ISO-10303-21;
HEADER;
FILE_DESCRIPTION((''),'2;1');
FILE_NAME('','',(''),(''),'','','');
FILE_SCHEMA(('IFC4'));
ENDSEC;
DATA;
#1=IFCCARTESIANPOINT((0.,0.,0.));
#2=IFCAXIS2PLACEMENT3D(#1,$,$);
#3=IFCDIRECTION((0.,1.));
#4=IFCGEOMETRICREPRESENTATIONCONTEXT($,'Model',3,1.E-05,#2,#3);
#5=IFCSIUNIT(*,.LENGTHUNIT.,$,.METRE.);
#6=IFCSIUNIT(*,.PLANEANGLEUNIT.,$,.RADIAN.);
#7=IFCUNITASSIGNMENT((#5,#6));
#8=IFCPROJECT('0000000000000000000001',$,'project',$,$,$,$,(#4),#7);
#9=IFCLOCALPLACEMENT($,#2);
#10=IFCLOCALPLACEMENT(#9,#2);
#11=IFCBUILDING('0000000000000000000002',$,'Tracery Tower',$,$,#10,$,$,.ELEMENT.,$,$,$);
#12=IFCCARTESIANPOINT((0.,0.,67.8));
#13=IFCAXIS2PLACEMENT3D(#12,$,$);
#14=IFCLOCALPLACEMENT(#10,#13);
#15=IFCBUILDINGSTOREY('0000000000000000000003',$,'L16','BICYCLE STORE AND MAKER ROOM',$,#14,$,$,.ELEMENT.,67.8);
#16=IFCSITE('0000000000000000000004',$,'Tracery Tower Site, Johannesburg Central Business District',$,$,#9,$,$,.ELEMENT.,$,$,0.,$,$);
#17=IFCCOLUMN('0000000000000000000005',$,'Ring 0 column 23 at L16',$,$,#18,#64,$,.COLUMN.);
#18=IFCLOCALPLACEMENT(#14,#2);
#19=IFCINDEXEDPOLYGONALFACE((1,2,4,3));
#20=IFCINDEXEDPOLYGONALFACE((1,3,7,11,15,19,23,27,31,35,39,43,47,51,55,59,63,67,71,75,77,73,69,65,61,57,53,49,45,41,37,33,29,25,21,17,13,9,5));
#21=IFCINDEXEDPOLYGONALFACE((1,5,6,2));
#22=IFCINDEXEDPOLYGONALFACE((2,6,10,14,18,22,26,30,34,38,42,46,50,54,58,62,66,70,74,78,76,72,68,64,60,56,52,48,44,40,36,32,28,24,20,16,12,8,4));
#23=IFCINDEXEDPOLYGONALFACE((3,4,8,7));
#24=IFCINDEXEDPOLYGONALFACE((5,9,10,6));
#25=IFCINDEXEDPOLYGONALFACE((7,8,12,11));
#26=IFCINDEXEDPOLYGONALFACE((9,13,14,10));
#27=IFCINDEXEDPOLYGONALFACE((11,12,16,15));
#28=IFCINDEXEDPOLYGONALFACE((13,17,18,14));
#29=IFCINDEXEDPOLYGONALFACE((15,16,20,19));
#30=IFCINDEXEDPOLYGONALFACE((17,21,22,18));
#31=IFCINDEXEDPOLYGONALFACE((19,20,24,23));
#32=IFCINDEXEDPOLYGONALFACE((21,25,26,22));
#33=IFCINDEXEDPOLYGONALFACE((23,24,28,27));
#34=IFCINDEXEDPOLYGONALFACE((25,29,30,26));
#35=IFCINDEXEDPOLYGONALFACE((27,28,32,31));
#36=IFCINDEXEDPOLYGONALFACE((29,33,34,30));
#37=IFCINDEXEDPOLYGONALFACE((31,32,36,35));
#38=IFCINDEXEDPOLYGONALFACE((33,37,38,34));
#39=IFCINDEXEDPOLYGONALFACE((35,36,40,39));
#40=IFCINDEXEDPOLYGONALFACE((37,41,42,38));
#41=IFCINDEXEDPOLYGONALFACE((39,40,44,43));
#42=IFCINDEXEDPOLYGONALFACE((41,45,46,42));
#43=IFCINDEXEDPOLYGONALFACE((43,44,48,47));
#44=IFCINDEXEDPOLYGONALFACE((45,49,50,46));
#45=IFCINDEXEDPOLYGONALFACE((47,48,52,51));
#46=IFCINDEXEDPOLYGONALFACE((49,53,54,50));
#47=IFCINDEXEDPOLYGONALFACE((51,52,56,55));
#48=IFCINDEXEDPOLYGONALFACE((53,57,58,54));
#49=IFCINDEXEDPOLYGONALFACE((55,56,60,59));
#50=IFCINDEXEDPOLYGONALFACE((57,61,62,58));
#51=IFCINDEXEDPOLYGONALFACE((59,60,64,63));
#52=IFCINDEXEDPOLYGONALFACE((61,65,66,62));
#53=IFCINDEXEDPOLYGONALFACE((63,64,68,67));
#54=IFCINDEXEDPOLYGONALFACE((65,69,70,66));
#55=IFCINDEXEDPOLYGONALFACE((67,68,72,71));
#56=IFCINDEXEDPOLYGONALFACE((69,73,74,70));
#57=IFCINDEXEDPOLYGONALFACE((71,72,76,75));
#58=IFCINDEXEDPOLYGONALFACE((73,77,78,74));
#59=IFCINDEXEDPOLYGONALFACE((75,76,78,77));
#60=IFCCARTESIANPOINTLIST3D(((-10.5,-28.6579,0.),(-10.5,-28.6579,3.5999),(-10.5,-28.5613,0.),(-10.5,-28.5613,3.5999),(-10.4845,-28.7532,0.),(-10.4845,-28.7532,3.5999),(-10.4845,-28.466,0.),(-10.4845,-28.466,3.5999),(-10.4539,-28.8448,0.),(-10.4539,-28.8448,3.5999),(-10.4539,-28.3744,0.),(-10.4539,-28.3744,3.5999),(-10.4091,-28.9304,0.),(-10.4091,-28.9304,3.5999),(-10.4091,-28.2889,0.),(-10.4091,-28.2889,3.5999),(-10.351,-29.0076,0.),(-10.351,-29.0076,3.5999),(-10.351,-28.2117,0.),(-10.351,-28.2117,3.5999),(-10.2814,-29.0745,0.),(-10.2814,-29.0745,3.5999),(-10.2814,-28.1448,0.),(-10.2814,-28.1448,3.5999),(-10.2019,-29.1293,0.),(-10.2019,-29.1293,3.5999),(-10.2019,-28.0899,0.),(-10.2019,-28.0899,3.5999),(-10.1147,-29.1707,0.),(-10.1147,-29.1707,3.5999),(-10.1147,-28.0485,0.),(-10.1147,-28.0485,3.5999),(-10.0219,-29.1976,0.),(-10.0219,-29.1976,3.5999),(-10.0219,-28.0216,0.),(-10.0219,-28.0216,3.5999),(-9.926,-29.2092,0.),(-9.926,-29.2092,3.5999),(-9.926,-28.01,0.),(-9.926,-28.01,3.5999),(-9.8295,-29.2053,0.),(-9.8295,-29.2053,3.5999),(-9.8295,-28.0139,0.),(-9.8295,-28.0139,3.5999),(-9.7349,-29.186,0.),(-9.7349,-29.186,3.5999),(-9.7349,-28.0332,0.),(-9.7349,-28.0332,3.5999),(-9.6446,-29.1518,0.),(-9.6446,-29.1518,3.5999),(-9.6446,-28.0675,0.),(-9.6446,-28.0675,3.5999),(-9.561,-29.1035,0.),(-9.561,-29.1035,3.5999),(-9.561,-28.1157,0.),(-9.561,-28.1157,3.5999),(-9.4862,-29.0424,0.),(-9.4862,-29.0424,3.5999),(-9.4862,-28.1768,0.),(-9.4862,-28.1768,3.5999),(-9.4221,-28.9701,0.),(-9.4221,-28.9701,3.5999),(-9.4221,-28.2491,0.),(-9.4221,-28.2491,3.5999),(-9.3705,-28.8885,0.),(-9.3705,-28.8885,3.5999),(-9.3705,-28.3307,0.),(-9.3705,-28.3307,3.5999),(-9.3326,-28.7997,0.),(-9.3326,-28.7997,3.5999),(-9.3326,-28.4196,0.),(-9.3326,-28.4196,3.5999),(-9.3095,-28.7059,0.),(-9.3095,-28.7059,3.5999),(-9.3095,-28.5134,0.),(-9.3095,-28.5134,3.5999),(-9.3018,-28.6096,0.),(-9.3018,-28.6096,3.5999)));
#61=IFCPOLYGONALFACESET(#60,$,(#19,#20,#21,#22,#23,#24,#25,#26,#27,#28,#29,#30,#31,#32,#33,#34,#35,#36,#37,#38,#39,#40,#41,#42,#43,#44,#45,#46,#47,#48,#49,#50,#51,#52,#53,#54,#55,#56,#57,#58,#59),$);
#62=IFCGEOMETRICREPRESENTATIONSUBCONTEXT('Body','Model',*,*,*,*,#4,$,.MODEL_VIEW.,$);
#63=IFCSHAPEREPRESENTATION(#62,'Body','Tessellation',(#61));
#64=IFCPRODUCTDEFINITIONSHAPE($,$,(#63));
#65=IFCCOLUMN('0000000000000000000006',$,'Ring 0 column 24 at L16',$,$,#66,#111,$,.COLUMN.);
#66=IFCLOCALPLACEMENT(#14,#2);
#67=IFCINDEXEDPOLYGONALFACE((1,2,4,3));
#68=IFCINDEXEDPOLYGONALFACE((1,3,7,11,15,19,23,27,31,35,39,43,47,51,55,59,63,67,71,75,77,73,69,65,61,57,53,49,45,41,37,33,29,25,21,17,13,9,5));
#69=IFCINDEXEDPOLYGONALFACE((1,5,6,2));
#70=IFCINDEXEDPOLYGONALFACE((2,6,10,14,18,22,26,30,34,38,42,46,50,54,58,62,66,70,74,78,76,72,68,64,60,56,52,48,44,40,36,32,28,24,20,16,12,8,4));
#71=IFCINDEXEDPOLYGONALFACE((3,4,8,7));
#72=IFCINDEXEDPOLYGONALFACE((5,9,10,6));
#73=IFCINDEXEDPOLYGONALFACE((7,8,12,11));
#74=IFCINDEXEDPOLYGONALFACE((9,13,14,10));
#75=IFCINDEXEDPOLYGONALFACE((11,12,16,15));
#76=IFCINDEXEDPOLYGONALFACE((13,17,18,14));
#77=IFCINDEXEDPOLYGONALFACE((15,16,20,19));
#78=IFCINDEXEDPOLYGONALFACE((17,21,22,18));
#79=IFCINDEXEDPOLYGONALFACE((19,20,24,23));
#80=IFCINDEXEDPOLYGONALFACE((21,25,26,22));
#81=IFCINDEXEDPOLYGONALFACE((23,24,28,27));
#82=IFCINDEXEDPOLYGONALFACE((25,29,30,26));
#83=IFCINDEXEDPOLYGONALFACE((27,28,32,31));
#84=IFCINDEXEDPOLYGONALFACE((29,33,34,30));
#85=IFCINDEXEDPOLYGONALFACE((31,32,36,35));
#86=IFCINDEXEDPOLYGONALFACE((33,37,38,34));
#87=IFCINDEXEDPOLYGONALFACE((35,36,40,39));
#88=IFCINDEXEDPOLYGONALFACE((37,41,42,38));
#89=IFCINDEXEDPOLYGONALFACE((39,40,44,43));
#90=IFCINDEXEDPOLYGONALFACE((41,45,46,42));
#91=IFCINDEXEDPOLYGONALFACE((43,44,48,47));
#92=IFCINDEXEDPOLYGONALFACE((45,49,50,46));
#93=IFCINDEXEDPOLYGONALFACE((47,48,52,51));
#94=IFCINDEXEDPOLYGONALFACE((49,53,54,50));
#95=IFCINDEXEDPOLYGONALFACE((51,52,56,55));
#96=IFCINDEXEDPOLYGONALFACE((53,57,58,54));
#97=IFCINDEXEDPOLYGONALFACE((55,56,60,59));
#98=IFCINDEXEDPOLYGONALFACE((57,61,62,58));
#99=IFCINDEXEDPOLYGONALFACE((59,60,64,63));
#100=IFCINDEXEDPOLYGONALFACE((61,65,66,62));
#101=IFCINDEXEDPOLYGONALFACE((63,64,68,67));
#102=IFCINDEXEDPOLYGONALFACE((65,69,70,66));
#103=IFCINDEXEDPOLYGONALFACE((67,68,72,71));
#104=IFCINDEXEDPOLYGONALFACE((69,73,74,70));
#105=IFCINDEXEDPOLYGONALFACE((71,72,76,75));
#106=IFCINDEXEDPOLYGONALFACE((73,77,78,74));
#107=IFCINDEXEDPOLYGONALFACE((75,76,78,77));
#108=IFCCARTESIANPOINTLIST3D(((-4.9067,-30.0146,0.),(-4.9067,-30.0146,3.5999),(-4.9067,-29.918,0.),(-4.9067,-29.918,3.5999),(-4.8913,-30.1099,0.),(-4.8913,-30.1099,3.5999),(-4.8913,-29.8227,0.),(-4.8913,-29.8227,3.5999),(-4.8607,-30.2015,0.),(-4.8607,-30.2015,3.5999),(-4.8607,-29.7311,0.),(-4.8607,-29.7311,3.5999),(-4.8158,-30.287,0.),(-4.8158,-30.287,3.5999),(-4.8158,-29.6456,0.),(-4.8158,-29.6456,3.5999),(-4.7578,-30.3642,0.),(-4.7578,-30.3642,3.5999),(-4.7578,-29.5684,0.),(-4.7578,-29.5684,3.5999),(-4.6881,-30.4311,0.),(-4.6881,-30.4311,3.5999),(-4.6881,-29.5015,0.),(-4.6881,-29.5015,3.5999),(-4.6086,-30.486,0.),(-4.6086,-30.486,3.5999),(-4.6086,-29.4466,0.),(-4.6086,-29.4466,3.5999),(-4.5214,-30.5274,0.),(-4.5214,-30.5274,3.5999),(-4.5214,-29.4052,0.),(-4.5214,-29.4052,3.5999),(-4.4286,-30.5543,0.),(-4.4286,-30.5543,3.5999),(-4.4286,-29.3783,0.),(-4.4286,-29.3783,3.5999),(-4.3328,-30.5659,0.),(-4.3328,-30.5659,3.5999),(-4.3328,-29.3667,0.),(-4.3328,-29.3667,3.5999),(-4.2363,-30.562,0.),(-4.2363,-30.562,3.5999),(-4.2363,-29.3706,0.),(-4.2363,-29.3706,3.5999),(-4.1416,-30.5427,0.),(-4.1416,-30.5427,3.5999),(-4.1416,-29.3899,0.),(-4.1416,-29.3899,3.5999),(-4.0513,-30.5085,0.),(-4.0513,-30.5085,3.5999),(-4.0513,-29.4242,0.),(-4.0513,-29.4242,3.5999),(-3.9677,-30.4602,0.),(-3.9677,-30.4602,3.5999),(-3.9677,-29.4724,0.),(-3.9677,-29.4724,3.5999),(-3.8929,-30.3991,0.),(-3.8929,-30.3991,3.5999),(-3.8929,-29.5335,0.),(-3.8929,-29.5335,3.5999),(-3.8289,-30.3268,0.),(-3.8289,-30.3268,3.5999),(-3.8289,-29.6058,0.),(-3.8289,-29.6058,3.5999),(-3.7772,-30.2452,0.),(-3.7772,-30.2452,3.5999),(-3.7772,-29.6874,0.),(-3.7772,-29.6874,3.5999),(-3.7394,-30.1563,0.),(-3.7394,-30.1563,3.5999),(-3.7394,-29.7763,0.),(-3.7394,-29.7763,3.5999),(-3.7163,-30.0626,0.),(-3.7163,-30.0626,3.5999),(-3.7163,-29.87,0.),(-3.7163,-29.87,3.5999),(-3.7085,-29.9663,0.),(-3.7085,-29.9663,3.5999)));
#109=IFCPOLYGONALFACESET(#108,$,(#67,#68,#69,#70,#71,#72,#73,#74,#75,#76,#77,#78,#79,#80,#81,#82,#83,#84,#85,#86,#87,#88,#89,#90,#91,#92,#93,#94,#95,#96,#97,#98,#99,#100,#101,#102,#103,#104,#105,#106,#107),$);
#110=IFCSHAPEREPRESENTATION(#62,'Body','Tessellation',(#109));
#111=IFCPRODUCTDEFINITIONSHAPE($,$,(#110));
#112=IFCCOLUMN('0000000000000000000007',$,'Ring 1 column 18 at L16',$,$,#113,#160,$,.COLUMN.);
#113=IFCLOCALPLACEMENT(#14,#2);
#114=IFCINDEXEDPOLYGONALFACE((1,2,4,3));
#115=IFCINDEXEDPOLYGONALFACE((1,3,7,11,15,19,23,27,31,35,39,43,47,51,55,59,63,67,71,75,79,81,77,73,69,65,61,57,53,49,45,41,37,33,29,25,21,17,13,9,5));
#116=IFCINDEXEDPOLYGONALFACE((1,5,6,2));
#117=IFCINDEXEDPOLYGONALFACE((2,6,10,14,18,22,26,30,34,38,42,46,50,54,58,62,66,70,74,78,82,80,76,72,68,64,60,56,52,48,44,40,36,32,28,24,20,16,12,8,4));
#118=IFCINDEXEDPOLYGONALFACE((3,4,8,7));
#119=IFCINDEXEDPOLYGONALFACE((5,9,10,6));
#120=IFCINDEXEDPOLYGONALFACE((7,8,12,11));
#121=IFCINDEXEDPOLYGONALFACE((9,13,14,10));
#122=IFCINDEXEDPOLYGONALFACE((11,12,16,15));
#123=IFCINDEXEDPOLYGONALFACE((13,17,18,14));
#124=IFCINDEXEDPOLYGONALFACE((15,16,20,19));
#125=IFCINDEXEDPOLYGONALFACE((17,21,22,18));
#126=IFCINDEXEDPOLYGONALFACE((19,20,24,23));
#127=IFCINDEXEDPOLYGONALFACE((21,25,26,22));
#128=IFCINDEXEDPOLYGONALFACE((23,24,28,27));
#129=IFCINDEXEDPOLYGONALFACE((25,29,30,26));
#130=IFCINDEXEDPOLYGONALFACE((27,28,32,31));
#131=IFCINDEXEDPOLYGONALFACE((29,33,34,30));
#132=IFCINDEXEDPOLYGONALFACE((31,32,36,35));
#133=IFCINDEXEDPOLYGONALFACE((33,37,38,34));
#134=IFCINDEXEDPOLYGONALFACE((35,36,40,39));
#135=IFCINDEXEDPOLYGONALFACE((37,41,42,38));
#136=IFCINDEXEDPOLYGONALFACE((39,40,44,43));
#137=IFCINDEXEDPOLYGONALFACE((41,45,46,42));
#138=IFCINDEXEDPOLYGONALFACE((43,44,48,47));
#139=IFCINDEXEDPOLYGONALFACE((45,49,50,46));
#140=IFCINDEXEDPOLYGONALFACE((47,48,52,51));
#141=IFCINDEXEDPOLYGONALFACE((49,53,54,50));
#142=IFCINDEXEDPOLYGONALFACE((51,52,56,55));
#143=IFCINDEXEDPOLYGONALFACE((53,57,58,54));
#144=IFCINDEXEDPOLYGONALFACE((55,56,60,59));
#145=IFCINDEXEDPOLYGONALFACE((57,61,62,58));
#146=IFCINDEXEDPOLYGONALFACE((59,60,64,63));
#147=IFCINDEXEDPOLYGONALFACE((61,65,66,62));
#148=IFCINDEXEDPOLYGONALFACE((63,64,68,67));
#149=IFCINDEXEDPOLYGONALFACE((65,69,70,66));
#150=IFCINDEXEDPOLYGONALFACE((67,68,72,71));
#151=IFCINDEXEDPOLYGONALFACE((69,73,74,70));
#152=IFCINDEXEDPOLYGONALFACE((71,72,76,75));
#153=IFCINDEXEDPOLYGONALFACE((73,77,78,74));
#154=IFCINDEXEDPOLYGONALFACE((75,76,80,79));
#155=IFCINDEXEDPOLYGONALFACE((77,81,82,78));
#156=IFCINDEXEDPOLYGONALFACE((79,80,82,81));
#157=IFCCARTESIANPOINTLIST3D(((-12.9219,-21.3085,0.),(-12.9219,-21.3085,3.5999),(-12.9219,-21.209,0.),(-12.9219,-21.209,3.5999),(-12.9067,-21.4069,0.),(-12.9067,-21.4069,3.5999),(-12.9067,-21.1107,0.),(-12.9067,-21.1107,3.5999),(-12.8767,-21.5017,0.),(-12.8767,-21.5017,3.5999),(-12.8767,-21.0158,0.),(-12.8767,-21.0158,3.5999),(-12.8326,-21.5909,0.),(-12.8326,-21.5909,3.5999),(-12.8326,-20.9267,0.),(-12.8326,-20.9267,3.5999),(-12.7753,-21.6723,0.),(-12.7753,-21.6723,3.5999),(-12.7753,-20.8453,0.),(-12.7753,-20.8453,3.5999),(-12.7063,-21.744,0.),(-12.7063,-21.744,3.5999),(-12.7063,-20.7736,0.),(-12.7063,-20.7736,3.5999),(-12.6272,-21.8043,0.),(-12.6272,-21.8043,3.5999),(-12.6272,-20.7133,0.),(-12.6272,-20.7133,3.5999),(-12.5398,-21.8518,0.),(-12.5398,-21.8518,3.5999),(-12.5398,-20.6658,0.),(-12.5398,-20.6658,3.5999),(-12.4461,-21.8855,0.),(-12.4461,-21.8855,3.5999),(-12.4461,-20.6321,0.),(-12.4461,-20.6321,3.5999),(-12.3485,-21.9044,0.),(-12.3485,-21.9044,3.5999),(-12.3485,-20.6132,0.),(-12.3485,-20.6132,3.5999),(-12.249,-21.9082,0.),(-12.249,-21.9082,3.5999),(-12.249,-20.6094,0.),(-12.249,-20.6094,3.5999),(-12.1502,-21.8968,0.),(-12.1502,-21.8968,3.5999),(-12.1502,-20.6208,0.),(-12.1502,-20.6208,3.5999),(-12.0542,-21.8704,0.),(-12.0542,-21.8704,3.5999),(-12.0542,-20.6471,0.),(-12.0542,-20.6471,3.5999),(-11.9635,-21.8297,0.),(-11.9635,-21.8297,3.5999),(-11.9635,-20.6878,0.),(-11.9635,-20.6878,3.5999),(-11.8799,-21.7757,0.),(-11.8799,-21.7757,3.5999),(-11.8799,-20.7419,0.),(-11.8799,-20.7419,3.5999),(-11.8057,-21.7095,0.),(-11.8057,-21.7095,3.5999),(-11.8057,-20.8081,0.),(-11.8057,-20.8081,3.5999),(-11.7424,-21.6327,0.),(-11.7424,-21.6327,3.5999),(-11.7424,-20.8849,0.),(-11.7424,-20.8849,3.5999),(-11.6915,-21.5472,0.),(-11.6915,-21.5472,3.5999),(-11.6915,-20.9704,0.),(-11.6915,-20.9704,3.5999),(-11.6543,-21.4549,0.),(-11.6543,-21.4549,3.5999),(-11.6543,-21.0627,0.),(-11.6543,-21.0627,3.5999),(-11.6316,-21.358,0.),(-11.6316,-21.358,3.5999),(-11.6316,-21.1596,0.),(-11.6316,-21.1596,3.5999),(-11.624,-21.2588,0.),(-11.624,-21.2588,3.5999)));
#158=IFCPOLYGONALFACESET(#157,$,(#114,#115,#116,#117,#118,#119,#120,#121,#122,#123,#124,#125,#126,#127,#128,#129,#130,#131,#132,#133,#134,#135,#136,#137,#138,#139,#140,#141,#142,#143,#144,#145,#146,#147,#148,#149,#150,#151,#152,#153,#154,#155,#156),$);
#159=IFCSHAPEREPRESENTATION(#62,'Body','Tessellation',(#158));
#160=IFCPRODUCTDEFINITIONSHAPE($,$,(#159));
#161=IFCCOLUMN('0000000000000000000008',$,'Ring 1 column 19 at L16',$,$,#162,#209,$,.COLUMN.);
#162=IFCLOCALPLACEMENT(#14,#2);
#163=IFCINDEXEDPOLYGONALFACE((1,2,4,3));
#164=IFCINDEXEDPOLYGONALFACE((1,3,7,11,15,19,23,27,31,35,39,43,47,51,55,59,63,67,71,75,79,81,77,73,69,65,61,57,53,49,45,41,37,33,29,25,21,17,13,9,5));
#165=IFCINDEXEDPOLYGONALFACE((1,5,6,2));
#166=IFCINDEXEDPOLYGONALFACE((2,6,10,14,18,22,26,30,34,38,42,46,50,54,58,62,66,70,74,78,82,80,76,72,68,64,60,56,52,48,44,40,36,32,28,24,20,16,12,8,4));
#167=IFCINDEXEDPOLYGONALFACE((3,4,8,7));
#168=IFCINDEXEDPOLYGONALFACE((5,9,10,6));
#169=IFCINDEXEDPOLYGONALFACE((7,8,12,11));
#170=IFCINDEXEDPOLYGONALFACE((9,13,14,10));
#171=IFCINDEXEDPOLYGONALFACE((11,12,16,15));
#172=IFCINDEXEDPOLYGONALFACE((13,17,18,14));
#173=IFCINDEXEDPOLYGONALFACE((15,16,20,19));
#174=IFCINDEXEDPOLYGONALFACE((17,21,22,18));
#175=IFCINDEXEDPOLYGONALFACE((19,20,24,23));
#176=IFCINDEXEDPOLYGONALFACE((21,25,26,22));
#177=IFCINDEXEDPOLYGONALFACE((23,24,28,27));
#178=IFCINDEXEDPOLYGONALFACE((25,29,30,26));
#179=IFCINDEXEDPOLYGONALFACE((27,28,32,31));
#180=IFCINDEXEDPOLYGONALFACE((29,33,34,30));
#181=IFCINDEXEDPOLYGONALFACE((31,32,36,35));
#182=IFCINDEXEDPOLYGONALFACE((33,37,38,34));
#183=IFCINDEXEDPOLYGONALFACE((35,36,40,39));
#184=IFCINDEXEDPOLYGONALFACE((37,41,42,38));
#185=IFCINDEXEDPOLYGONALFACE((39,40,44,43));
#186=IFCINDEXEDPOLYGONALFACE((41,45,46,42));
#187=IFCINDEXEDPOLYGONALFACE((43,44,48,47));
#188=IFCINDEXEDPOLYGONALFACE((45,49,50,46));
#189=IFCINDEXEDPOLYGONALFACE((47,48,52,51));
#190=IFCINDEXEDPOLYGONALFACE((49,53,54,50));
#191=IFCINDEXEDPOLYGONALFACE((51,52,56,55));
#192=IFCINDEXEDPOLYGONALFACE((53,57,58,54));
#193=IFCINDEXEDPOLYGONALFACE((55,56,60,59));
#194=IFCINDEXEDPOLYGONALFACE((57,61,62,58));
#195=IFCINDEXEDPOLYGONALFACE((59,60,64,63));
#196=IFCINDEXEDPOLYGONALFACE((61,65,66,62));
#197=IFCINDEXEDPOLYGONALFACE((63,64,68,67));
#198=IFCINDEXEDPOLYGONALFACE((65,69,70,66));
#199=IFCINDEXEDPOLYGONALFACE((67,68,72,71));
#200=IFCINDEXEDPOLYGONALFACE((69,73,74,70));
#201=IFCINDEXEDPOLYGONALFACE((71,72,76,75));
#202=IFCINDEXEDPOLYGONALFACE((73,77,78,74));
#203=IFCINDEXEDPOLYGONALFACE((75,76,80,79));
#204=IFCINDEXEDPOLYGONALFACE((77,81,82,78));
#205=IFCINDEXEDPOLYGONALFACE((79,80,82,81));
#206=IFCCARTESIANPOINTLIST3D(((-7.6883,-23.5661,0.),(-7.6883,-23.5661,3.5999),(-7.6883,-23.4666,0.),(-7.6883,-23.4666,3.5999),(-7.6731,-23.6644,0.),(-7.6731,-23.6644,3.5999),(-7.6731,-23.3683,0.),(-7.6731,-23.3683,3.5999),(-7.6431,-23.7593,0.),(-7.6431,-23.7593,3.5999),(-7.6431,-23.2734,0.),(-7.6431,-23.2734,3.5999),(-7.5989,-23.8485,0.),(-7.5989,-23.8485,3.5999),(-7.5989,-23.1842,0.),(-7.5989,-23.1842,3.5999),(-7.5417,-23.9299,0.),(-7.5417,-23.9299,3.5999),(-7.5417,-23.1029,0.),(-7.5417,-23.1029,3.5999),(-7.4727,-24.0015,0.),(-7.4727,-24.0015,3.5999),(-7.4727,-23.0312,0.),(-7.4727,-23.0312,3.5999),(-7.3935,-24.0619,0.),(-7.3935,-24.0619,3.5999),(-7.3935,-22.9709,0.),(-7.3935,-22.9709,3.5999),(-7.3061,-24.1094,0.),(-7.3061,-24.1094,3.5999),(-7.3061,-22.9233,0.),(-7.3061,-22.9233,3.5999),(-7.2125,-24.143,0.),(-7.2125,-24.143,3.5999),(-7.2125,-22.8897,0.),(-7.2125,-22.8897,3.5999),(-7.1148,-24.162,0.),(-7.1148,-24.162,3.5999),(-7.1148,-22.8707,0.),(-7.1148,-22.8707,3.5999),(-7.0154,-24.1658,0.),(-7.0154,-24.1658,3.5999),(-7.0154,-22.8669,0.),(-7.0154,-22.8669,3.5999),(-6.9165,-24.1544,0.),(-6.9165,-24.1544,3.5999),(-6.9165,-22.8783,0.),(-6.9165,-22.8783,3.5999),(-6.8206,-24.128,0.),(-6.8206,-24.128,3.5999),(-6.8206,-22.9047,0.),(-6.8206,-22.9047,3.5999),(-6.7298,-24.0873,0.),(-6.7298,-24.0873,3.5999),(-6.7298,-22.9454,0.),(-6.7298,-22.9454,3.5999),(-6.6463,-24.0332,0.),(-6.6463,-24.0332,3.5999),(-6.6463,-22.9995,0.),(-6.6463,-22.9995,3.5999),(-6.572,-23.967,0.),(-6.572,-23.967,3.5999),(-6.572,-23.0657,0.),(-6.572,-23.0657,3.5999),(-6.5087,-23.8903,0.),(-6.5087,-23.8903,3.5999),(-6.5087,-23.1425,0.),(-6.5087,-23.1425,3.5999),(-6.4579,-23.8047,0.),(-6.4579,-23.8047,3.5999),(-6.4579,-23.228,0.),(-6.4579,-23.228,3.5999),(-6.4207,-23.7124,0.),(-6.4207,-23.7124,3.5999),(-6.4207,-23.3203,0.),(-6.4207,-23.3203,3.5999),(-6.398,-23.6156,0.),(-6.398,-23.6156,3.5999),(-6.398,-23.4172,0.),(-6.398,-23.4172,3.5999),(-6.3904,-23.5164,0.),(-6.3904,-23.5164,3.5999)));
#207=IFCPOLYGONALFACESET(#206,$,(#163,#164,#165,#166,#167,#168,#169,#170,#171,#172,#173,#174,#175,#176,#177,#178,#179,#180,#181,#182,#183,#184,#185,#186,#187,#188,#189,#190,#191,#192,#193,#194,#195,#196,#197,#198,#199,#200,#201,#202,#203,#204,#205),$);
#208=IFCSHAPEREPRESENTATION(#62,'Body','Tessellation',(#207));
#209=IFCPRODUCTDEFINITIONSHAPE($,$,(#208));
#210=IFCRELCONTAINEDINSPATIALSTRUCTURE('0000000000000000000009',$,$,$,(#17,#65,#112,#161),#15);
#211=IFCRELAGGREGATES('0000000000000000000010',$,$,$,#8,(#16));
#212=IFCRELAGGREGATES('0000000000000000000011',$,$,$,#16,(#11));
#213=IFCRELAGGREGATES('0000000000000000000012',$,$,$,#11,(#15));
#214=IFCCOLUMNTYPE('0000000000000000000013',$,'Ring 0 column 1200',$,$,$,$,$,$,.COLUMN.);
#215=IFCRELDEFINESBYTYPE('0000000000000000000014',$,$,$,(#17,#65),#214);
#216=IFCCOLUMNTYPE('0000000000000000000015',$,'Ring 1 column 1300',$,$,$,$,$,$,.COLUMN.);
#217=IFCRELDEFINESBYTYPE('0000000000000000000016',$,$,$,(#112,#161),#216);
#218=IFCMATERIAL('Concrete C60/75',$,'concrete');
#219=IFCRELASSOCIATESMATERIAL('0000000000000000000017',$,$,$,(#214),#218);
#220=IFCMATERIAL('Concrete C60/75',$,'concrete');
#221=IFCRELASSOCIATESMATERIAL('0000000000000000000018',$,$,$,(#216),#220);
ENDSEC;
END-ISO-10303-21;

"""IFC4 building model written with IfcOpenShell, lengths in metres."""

from ifc_helpers import new_model, si_unit, direction, frame, origin, origin_2d, place, context, subcontext, project, spatial, circle, extrude, material, material_profile, profile_set, type_object, element, save


model = new_model("IFC4")

# Units and contexts
model_context = context("Model", 3, precision=1e-05, world=origin(), true_north=direction((0.0, 1.0)))
body_context = subcontext(model_context, "Body", "Model", "MODEL_VIEW")
ifc_project = project(units=[si_unit("LENGTHUNIT", "METRE"), si_unit("PLANEANGLEUNIT", "RADIAN")], contexts=[model_context])

# Site, building, storey
site_placement = place(None, origin())
site = spatial("IfcSite", under=ifc_project, at=site_placement, Name="Tracery Tower Site, Johannesburg Central Business District", CompositionType="ELEMENT", RefElevation=0.0)
building_placement = place(site_placement, origin())
building = spatial("IfcBuilding", under=site, at=building_placement, Name="Tracery Tower", CompositionType="ELEMENT")
storey_placement = place(building_placement, frame((0.0, 0.0, 67.8)))
storey = spatial("IfcBuildingStorey", under=building, at=storey_placement, Name="L16", Description="BICYCLE STORE AND MAKER ROOM", CompositionType="ELEMENT", Elevation=67.8)

# Columns
ifc_material_1 = material(Name="Concrete C60/75", Category="concrete")
ifc_material_profile_1 = material_profile(ifc_material_1, circle(Radius=0.6001, at=origin_2d()), Name="RC D1200")
ifc_profile_set_1 = profile_set([ifc_material_profile_1], Name="Concrete C60/75")
column_type_1 = type_object("IfcColumnType", Name="Ring 0 column 1200", PredefinedType="COLUMN", material=ifc_profile_set_1)
for number, where, z_axis, x_axis, name in (
    (1, (-9.9019, -28.6096, 0.0), (0.0, 0.0, 1.0), (1.0, 0.0, 0.0), "Ring 0 column 23 at L16"),
    (2, (-4.3086, -29.9663, 0.0), (0.0, 0.0, 1.0), (1.0, 0.0, 0.0), "Ring 0 column 24 at L16"),
):
    element("IfcColumn", number, at=place(storey_placement, frame(where, z_axis=z_axis, x_axis=x_axis)), inside=storey, type_object=column_type_1, Name=name, PredefinedType="COLUMN", context=body_context, shape_type="SweptSolid", body=[
        extrude(circle(Radius=0.6001, at=origin_2d()), origin(), (0.0, 0.0, 1.0), 3.5999),
    ])
ifc_material_2 = material(Name="Concrete C60/75", Category="concrete")
ifc_material_profile_2 = material_profile(ifc_material_2, circle(Radius=0.6499, at=origin_2d()), Name="RC D1300")
ifc_profile_set_2 = profile_set([ifc_material_profile_2], Name="Concrete C60/75")
column_type_2 = type_object("IfcColumnType", Name="Ring 1 column 1300", PredefinedType="COLUMN", material=ifc_profile_set_2)
for number, where, z_axis, x_axis, name in (
    (3, (-12.2739, -21.2588, 0.0), (0.0, 0.0, 1.0), (1.0, 0.0, 0.0), "Ring 1 column 18 at L16"),
    (4, (-7.0403, -23.5164, 0.0), (0.0, 0.0, 1.0), (1.0, 0.0, 0.0), "Ring 1 column 19 at L16"),
):
    element("IfcColumn", number, at=place(storey_placement, frame(where, z_axis=z_axis, x_axis=x_axis)), inside=storey, type_object=column_type_2, Name=name, PredefinedType="COLUMN", context=body_context, shape_type="SweptSolid", body=[
        extrude(circle(Radius=0.6499, at=origin_2d()), origin(), (0.0, 0.0, 1.0), 3.5999),
    ])

save(model, "model.ifc")
